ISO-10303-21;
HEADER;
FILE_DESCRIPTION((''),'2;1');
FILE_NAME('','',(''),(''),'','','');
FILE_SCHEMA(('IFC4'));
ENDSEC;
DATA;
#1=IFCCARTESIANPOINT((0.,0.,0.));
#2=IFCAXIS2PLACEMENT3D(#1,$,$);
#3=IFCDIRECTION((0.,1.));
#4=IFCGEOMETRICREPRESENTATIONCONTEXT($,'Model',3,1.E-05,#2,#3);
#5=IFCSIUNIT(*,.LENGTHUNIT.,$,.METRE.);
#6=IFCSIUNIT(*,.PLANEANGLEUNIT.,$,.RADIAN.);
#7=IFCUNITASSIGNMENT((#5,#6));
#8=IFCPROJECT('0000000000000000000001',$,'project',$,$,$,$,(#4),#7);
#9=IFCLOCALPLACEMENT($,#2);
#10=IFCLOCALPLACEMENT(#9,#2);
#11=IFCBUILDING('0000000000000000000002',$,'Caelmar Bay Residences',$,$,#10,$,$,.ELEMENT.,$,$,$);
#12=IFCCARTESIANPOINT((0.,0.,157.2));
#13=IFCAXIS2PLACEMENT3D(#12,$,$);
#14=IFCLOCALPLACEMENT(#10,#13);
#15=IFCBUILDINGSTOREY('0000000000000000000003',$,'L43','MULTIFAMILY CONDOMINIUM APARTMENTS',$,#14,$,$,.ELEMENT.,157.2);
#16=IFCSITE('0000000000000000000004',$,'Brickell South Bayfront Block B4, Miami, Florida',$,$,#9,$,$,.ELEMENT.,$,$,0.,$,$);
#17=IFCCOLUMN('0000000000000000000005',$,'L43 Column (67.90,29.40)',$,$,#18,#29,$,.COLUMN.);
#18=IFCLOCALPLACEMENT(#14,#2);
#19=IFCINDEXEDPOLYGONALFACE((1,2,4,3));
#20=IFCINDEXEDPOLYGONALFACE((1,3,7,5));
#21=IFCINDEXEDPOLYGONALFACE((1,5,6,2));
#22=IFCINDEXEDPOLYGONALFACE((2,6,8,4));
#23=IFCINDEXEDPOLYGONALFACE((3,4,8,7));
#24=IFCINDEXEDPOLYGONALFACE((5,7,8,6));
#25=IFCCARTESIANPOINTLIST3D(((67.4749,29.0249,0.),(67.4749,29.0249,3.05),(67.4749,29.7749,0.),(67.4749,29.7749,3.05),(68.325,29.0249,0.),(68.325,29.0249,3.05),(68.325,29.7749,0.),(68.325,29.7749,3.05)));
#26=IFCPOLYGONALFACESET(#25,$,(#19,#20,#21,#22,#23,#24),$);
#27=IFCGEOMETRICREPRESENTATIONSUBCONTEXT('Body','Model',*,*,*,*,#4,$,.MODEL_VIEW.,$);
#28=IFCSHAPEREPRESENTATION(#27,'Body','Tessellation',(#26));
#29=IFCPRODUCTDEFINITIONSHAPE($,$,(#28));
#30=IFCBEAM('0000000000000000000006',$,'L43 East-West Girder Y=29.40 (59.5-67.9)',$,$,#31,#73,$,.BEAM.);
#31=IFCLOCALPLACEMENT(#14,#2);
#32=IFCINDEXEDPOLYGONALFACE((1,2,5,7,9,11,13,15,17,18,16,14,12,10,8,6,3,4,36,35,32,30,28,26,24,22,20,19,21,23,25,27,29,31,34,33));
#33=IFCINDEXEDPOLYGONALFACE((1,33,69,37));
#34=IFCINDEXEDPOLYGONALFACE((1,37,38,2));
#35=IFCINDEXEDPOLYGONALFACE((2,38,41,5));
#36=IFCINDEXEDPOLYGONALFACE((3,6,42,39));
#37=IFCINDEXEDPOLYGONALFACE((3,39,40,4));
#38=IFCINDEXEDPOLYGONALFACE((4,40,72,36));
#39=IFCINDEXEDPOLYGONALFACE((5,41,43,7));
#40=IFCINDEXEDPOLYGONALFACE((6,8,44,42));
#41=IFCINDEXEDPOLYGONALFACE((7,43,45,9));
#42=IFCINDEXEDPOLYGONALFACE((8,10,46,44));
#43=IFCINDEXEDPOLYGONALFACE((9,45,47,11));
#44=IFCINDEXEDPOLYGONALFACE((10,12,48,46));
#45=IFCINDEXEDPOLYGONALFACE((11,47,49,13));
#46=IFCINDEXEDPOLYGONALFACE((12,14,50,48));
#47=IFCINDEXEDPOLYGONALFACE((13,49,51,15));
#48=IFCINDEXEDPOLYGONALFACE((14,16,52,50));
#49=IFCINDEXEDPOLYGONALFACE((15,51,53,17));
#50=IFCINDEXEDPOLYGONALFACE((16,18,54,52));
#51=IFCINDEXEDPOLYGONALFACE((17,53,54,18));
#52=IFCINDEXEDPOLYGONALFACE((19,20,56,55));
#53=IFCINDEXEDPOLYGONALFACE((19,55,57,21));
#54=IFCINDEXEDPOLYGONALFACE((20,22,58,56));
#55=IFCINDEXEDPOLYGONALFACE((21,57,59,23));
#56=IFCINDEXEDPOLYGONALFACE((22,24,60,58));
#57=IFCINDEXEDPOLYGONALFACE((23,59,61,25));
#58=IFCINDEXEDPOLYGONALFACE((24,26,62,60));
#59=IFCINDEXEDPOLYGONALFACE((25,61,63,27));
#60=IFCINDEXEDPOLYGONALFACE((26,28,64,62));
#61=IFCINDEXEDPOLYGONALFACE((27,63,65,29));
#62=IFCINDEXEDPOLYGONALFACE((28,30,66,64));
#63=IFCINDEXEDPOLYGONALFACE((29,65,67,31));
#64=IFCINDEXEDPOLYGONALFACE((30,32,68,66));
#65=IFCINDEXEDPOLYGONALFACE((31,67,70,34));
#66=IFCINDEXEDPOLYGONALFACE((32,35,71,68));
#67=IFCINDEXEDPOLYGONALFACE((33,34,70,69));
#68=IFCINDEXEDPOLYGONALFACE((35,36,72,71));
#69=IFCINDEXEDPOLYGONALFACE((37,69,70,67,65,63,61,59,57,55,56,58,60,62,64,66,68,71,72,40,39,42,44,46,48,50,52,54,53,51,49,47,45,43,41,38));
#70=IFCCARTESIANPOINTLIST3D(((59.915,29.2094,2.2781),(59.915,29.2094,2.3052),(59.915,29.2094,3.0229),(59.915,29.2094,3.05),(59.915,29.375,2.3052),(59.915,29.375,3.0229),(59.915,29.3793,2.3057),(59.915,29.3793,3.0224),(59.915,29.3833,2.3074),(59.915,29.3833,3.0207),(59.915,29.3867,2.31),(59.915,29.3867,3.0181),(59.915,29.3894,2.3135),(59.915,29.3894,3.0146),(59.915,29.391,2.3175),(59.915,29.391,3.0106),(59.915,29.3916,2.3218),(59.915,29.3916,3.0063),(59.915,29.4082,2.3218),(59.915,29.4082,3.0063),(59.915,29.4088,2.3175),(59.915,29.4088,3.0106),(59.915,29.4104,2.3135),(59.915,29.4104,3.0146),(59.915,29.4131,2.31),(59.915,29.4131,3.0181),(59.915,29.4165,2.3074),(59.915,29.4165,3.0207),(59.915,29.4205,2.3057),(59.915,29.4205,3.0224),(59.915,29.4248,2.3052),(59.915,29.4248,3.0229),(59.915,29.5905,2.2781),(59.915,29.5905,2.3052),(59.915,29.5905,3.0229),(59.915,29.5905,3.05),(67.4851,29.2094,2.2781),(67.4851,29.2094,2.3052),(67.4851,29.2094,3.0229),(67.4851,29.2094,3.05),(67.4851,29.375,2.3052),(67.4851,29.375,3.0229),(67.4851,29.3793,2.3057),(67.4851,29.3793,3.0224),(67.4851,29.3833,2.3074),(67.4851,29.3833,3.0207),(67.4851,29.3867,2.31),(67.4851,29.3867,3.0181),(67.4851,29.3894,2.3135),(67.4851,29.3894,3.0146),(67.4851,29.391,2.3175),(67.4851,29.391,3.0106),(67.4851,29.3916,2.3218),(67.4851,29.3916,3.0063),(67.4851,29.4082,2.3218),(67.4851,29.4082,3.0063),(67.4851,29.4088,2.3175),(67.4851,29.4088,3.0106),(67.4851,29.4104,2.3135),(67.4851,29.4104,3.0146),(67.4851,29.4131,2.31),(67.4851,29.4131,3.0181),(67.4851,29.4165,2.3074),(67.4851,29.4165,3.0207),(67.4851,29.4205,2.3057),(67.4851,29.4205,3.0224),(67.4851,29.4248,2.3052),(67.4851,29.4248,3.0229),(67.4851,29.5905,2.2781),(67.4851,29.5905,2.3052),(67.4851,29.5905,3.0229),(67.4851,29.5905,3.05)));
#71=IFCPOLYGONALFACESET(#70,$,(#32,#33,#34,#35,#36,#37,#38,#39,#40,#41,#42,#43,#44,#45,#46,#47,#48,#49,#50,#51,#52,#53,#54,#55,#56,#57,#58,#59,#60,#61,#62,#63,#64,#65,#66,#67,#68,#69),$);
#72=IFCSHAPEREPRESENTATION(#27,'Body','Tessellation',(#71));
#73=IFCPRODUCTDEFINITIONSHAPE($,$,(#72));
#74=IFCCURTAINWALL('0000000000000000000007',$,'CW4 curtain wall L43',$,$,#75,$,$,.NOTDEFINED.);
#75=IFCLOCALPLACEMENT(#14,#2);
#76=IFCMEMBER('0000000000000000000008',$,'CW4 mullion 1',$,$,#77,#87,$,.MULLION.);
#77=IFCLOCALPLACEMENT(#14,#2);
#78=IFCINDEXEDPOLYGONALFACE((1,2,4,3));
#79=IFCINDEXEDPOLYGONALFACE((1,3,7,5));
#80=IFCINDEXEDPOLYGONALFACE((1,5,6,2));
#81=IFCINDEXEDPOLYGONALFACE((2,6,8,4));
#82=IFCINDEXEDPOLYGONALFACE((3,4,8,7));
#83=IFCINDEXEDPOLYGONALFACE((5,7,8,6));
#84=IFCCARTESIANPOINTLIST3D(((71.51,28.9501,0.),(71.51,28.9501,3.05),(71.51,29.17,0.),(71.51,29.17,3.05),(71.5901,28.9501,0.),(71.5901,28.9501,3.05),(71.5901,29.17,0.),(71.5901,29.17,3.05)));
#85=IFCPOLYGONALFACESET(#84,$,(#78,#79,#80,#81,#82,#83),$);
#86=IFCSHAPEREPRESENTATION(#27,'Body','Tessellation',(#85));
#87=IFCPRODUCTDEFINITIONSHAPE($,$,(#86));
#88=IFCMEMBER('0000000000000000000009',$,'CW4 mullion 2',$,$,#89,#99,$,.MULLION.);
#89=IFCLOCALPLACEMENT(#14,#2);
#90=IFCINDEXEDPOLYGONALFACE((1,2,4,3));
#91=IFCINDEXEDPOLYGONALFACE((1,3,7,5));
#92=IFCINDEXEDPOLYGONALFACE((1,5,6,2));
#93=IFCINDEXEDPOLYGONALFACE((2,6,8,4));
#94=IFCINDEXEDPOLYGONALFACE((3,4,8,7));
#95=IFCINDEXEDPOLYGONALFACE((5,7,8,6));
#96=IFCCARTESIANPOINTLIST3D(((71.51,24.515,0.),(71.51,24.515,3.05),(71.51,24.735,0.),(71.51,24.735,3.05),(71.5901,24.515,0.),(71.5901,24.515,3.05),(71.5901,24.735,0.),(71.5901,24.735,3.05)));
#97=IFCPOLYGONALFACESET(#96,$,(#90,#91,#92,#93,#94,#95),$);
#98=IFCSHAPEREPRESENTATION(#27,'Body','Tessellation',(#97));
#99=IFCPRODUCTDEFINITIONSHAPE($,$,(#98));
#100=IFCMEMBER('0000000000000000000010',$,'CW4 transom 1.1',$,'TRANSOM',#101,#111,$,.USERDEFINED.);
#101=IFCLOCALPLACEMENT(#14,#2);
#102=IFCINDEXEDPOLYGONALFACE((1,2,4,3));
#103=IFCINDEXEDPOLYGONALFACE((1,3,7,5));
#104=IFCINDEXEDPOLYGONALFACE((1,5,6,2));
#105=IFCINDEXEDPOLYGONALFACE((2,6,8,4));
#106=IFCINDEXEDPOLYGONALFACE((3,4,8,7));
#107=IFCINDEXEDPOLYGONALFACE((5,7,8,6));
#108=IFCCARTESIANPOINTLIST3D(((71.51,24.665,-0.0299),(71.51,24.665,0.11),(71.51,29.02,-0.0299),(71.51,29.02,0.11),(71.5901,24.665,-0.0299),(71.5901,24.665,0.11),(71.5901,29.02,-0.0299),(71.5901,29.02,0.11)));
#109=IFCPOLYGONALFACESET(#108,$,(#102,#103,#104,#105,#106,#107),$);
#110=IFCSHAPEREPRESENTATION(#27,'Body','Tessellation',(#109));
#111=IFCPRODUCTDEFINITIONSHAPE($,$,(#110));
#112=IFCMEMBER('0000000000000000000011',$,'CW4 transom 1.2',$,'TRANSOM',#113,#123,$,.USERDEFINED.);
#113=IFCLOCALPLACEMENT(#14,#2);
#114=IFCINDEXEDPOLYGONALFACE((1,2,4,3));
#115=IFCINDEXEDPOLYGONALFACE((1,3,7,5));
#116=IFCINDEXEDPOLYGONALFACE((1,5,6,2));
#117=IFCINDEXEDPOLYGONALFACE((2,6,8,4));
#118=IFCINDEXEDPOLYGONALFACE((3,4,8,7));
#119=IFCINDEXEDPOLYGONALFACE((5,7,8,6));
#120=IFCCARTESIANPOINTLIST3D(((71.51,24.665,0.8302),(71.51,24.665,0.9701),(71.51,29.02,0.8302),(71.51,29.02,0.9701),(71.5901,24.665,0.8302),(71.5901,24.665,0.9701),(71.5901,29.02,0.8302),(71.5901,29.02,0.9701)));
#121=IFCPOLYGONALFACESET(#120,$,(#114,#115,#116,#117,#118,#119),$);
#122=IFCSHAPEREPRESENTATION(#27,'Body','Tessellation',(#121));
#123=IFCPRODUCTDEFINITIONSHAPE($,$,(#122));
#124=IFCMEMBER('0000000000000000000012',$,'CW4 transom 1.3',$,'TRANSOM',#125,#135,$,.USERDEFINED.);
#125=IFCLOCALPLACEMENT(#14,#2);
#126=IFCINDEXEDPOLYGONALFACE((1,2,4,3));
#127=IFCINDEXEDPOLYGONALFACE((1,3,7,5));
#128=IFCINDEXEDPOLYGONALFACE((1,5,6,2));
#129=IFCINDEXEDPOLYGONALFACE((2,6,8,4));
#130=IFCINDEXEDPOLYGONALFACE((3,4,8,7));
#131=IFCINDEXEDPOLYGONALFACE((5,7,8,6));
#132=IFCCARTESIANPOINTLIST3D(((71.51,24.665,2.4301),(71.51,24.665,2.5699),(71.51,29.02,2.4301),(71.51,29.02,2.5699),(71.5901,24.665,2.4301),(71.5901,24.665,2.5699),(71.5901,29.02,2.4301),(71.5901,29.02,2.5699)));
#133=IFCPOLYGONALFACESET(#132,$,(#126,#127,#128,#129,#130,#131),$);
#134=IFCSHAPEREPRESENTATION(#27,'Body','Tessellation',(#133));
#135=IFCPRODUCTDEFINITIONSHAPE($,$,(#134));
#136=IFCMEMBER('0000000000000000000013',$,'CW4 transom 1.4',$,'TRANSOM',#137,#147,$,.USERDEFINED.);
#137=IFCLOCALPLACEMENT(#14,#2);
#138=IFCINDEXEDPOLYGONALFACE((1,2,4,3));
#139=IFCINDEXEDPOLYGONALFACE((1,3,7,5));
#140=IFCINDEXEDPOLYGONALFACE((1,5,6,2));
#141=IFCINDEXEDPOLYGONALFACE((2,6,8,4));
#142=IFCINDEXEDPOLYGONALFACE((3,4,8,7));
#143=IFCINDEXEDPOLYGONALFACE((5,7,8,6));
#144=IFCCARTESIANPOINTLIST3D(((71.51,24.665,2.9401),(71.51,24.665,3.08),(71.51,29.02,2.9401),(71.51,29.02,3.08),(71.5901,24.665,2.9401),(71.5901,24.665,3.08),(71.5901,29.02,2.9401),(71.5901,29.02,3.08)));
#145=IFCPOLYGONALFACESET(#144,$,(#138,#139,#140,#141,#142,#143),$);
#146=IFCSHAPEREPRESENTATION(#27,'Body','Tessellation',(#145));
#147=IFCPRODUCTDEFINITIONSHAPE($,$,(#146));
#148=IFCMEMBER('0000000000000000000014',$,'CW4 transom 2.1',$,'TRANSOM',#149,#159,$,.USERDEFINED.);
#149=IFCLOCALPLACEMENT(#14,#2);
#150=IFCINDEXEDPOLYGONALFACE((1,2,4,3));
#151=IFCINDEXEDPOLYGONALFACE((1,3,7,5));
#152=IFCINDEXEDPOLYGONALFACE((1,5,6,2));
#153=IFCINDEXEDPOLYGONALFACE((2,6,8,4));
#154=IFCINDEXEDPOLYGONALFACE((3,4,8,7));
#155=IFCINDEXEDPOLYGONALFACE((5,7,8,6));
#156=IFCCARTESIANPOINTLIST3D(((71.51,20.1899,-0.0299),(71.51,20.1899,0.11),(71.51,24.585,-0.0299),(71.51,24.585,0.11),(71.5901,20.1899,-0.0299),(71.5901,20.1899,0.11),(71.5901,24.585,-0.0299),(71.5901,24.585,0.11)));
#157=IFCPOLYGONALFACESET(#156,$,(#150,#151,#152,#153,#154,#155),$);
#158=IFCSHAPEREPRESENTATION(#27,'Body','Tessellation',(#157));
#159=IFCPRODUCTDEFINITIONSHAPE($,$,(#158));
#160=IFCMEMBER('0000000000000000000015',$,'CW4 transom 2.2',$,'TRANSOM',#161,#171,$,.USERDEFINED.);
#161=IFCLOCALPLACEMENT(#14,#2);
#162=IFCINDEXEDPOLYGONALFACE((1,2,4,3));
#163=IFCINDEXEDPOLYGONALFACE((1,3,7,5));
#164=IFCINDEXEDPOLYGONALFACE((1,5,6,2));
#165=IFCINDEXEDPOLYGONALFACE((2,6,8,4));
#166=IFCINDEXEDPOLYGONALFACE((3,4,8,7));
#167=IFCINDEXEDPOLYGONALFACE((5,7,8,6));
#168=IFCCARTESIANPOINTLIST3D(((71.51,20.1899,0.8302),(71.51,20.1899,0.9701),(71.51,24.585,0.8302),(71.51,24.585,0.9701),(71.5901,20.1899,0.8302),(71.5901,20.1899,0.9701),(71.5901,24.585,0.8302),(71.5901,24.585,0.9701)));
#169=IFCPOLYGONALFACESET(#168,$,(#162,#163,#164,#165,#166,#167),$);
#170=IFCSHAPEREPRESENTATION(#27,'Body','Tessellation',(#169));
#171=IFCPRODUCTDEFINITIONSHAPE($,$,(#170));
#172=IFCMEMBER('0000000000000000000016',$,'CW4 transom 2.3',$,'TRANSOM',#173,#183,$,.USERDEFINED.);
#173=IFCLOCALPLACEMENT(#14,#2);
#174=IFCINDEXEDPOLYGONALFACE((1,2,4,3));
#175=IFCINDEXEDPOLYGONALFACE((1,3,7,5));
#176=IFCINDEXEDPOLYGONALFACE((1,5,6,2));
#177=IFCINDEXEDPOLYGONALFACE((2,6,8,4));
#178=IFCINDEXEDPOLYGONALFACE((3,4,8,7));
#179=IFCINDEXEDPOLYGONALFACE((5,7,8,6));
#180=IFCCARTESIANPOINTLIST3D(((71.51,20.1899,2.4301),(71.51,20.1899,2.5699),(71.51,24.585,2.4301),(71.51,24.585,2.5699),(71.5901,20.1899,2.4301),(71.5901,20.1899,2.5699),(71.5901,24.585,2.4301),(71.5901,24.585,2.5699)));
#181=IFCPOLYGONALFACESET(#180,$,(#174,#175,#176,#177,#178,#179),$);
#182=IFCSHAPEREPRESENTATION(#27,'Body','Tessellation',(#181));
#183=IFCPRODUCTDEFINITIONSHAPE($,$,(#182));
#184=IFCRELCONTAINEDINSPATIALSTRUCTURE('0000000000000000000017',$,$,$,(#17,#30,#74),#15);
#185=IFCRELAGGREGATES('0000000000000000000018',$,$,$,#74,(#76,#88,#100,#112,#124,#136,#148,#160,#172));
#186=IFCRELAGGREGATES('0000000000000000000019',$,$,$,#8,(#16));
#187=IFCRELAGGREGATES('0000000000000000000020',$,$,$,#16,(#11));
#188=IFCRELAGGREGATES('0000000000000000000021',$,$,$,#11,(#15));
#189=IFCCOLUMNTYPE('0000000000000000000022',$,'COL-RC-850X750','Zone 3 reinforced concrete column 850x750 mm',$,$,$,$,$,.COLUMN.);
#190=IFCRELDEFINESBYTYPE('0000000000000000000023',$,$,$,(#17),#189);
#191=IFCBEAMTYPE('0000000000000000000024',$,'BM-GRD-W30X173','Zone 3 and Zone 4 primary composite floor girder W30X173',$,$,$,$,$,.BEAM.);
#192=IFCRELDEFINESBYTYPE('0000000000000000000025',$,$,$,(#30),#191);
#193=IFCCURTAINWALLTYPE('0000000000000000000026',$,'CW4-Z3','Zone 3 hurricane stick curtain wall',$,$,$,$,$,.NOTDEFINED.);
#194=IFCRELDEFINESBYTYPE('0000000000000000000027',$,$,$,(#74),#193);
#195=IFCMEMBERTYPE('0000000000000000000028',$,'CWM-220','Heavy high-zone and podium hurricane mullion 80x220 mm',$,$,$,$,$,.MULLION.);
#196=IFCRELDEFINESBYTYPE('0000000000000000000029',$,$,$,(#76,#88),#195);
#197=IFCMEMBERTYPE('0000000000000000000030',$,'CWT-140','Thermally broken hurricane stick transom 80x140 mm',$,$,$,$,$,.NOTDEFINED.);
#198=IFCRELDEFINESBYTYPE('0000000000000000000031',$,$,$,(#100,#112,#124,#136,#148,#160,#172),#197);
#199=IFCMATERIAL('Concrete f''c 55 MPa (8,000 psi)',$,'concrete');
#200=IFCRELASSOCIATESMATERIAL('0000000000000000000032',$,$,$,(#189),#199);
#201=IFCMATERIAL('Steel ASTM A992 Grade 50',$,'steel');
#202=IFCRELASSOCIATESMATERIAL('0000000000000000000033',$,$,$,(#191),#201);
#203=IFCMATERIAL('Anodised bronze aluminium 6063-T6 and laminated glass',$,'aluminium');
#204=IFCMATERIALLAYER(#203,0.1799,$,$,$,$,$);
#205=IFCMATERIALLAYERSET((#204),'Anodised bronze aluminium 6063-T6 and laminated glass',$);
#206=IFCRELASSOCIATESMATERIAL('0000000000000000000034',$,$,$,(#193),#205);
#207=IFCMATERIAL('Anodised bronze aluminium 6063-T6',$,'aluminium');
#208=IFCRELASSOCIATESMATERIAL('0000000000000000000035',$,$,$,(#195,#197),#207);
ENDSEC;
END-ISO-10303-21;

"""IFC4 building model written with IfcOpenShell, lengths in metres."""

from ifc_helpers import new_model, si_unit, direction, frame, origin, origin_2d, place, context, subcontext, project, spatial, rectangle, i_section, extrude, material, layer, layer_set, material_profile, profile_set, type_object, element, aggregate, save


model = new_model("IFC4")

# Units and contexts
model_context = context("Model", 3, precision=1e-05, world=origin(), true_north=direction((0.0, 1.0)))
body_context = subcontext(model_context, "Body", "Model", "MODEL_VIEW")
ifc_project = project(units=[si_unit("LENGTHUNIT", "METRE"), si_unit("PLANEANGLEUNIT", "RADIAN")], contexts=[model_context])

# Site, building, storey
site_placement = place(None, origin())
site = spatial("IfcSite", under=ifc_project, at=site_placement, Name="Brickell South Bayfront Block B4, Miami, Florida", CompositionType="ELEMENT", RefElevation=0.0)
building_placement = place(site_placement, origin())
building = spatial("IfcBuilding", under=site, at=building_placement, Name="Caelmar Bay Residences", CompositionType="ELEMENT")
storey_placement = place(building_placement, frame((0.0, 0.0, 157.2)))
storey = spatial("IfcBuildingStorey", under=building, at=storey_placement, Name="L43", Description="MULTIFAMILY CONDOMINIUM APARTMENTS", CompositionType="ELEMENT", Elevation=157.2)

# Column
ifc_material_1 = material(Name="Concrete f'c 55 MPa (8,000 psi)", Category="concrete")
ifc_material_profile_1 = material_profile(ifc_material_1, rectangle(XDim=0.8501, YDim=0.75, at=origin_2d()), Name="RC-COL-850X750")
ifc_profile_set_1 = profile_set([ifc_material_profile_1], Name="Concrete f'c 55 MPa (8,000 psi)")
column_type = type_object("IfcColumnType", Name="COL-RC-850X750", Description="Zone 3 reinforced concrete column 850x750 mm", PredefinedType="COLUMN", material=ifc_profile_set_1)
column_placement = place(storey_placement, frame((67.8999, 29.3999, 0.0), z_axis=(0.0, 0.0, 1.0), x_axis=(1.0, 0.0, 0.0)))
element("IfcColumn", 1, at=column_placement, inside=storey, type_object=column_type, Name="L43 Column (67.90,29.40)", PredefinedType="COLUMN", context=body_context, shape_type="SweptSolid", body=[
    extrude(rectangle(XDim=0.8501, YDim=0.75, at=origin_2d()), origin(), (0.0, 0.0, 1.0), 3.05),
])

# Beam
ifc_material_2 = material(Name="Steel ASTM A992 Grade 50", Category="steel")
ifc_material_profile_2 = material_profile(ifc_material_2, i_section(OverallWidth=0.3811, OverallDepth=0.772, WebThickness=0.0166, FlangeThickness=0.0271, FilletRadius=0.0166, at=origin_2d()), Name="W30X173")
ifc_profile_set_2 = profile_set([ifc_material_profile_2], Name="Steel ASTM A992 Grade 50")
beam_type = type_object("IfcBeamType", Name="BM-GRD-W30X173", Description="Zone 3 and Zone 4 primary composite floor girder W30X173", PredefinedType="BEAM", material=ifc_profile_set_2)
beam_placement = place(storey_placement, frame((59.915, 29.3999, 2.6641), z_axis=(1.0, 0.0, 0.0), x_axis=(0.0, 1.0, 0.0)))
element("IfcBeam", 2, at=beam_placement, inside=storey, type_object=beam_type, Name="L43 East-West Girder Y=29.40 (59.5-67.9)", PredefinedType="BEAM", context=body_context, shape_type="SweptSolid", body=[
    extrude(i_section(OverallWidth=0.3811, OverallDepth=0.772, WebThickness=0.0166, FlangeThickness=0.0271, FilletRadius=0.0166, at=origin_2d()), origin(), (0.0, 0.0, 1.0), 7.5701),
])

# Curtain wall, members
ifc_material_3 = material(Name="Anodised bronze aluminium 6063-T6 and laminated glass", Category="aluminium")
ifc_layer_1 = layer(ifc_material_3, 0.1799)
ifc_layer_set_1 = layer_set([ifc_layer_1], Name="Anodised bronze aluminium 6063-T6 and laminated glass")
curtain_wall_type = type_object("IfcCurtainWallType", Name="CW4-Z3", Description="Zone 3 hurricane stick curtain wall", PredefinedType="NOTDEFINED", material=ifc_layer_set_1)
curtain_wall_placement = place(storey_placement, origin())
curtain_wall = element("IfcCurtainWall", 3, at=curtain_wall_placement, inside=storey, type_object=curtain_wall_type, Name="CW4 curtain wall L43", PredefinedType="NOTDEFINED")
ifc_material_4 = material(Name="Anodised bronze aluminium 6063-T6", Category="aluminium")
ifc_material_profile_3 = material_profile(ifc_material_4, rectangle(XDim=0.0801, YDim=0.22, at=origin_2d()), Name="CWM-80X220")
ifc_profile_set_3 = profile_set([ifc_material_profile_3], Name="Anodised bronze aluminium 6063-T6")
member_type_1 = type_object("IfcMemberType", Name="CWM-220", Description="Heavy high-zone and podium hurricane mullion 80x220 mm", PredefinedType="MULLION", material=ifc_profile_set_3)
member_1_placement = place(storey_placement, frame((71.55, 29.0601, 0.0), z_axis=(0.0, 0.0, 1.0), x_axis=(1.0, 0.0, 0.0)))
member_1 = element("IfcMember", 4, at=member_1_placement, type_object=member_type_1, Name="CW4 mullion 1", PredefinedType="MULLION", context=body_context, shape_type="SweptSolid", body=[
    extrude(rectangle(XDim=0.0801, YDim=0.22, at=origin_2d()), origin(), (0.0, 0.0, 1.0), 3.05),
])
member_2_placement = place(storey_placement, frame((71.55, 24.625, 0.0), z_axis=(0.0, 0.0, 1.0), x_axis=(1.0, 0.0, 0.0)))
member_2 = element("IfcMember", 5, at=member_2_placement, type_object=member_type_1, Name="CW4 mullion 2", PredefinedType="MULLION", context=body_context, shape_type="SweptSolid", body=[
    extrude(rectangle(XDim=0.0801, YDim=0.22, at=origin_2d()), origin(), (0.0, 0.0, 1.0), 3.05),
])
ifc_material_profile_4 = material_profile(ifc_material_4, rectangle(XDim=0.0801, YDim=0.1399, at=origin_2d()), Name="CWT-80X140")
ifc_profile_set_4 = profile_set([ifc_material_profile_4], Name="Anodised bronze aluminium 6063-T6")
member_type_2 = type_object("IfcMemberType", Name="CWT-140", Description="Thermally broken hurricane stick transom 80x140 mm", PredefinedType="NOTDEFINED", material=ifc_profile_set_4)
member_3_placement = place(storey_placement, frame((71.55, 29.02, 0.04), z_axis=(0.0, -1.0, 0.0), x_axis=(1.0, 0.0, 0.0)))
member_3 = element("IfcMember", 6, at=member_3_placement, type_object=member_type_2, Name="CW4 transom 1.1", ObjectType="TRANSOM", PredefinedType="USERDEFINED", context=body_context, shape_type="SweptSolid", body=[
    extrude(rectangle(XDim=0.0801, YDim=0.1399, at=origin_2d()), origin(), (0.0, 0.0, 1.0), 4.355),
])
member_4_placement = place(storey_placement, frame((71.55, 29.02, 0.9001), z_axis=(0.0, -1.0, 0.0), x_axis=(1.0, 0.0, 0.0)))
member_4 = element("IfcMember", 7, at=member_4_placement, type_object=member_type_2, Name="CW4 transom 1.2", ObjectType="TRANSOM", PredefinedType="USERDEFINED", context=body_context, shape_type="SweptSolid", body=[
    extrude(rectangle(XDim=0.0801, YDim=0.1399, at=origin_2d()), origin(), (0.0, 0.0, 1.0), 4.355),
])
member_5_placement = place(storey_placement, frame((71.55, 29.02, 2.5), z_axis=(0.0, -1.0, 0.0), x_axis=(1.0, 0.0, 0.0)))
member_5 = element("IfcMember", 8, at=member_5_placement, type_object=member_type_2, Name="CW4 transom 1.3", ObjectType="TRANSOM", PredefinedType="USERDEFINED", context=body_context, shape_type="SweptSolid", body=[
    extrude(rectangle(XDim=0.0801, YDim=0.1399, at=origin_2d()), origin(), (0.0, 0.0, 1.0), 4.355),
])
member_6_placement = place(storey_placement, frame((71.55, 29.02, 3.01), z_axis=(0.0, -1.0, 0.0), x_axis=(1.0, 0.0, 0.0)))
member_6 = element("IfcMember", 9, at=member_6_placement, type_object=member_type_2, Name="CW4 transom 1.4", ObjectType="TRANSOM", PredefinedType="USERDEFINED", context=body_context, shape_type="SweptSolid", body=[
    extrude(rectangle(XDim=0.0801, YDim=0.1399, at=origin_2d()), origin(), (0.0, 0.0, 1.0), 4.355),
])
member_7_placement = place(storey_placement, frame((71.55, 24.585, 0.04), z_axis=(0.0, -1.0, 0.0), x_axis=(1.0, 0.0, 0.0)))
member_7 = element("IfcMember", 10, at=member_7_placement, type_object=member_type_2, Name="CW4 transom 2.1", ObjectType="TRANSOM", PredefinedType="USERDEFINED", context=body_context, shape_type="SweptSolid", body=[
    extrude(rectangle(XDim=0.0801, YDim=0.1399, at=origin_2d()), origin(), (0.0, 0.0, 1.0), 4.395),
])
member_8_placement = place(storey_placement, frame((71.55, 24.585, 0.9001), z_axis=(0.0, -1.0, 0.0), x_axis=(1.0, 0.0, 0.0)))
member_8 = element("IfcMember", 11, at=member_8_placement, type_object=member_type_2, Name="CW4 transom 2.2", ObjectType="TRANSOM", PredefinedType="USERDEFINED", context=body_context, shape_type="SweptSolid", body=[
    extrude(rectangle(XDim=0.0801, YDim=0.1399, at=origin_2d()), origin(), (0.0, 0.0, 1.0), 4.395),
])
member_9_placement = place(storey_placement, frame((71.55, 24.585, 2.5), z_axis=(0.0, -1.0, 0.0), x_axis=(1.0, 0.0, 0.0)))
member_9 = element("IfcMember", 12, at=member_9_placement, type_object=member_type_2, Name="CW4 transom 2.3", ObjectType="TRANSOM", PredefinedType="USERDEFINED", context=body_context, shape_type="SweptSolid", body=[
    extrude(rectangle(XDim=0.0801, YDim=0.1399, at=origin_2d()), origin(), (0.0, 0.0, 1.0), 4.395),
])
aggregate(curtain_wall, [member_1, member_2, member_3, member_4, member_5, member_6, member_7, member_8, member_9])

save(model, "model.ifc")
